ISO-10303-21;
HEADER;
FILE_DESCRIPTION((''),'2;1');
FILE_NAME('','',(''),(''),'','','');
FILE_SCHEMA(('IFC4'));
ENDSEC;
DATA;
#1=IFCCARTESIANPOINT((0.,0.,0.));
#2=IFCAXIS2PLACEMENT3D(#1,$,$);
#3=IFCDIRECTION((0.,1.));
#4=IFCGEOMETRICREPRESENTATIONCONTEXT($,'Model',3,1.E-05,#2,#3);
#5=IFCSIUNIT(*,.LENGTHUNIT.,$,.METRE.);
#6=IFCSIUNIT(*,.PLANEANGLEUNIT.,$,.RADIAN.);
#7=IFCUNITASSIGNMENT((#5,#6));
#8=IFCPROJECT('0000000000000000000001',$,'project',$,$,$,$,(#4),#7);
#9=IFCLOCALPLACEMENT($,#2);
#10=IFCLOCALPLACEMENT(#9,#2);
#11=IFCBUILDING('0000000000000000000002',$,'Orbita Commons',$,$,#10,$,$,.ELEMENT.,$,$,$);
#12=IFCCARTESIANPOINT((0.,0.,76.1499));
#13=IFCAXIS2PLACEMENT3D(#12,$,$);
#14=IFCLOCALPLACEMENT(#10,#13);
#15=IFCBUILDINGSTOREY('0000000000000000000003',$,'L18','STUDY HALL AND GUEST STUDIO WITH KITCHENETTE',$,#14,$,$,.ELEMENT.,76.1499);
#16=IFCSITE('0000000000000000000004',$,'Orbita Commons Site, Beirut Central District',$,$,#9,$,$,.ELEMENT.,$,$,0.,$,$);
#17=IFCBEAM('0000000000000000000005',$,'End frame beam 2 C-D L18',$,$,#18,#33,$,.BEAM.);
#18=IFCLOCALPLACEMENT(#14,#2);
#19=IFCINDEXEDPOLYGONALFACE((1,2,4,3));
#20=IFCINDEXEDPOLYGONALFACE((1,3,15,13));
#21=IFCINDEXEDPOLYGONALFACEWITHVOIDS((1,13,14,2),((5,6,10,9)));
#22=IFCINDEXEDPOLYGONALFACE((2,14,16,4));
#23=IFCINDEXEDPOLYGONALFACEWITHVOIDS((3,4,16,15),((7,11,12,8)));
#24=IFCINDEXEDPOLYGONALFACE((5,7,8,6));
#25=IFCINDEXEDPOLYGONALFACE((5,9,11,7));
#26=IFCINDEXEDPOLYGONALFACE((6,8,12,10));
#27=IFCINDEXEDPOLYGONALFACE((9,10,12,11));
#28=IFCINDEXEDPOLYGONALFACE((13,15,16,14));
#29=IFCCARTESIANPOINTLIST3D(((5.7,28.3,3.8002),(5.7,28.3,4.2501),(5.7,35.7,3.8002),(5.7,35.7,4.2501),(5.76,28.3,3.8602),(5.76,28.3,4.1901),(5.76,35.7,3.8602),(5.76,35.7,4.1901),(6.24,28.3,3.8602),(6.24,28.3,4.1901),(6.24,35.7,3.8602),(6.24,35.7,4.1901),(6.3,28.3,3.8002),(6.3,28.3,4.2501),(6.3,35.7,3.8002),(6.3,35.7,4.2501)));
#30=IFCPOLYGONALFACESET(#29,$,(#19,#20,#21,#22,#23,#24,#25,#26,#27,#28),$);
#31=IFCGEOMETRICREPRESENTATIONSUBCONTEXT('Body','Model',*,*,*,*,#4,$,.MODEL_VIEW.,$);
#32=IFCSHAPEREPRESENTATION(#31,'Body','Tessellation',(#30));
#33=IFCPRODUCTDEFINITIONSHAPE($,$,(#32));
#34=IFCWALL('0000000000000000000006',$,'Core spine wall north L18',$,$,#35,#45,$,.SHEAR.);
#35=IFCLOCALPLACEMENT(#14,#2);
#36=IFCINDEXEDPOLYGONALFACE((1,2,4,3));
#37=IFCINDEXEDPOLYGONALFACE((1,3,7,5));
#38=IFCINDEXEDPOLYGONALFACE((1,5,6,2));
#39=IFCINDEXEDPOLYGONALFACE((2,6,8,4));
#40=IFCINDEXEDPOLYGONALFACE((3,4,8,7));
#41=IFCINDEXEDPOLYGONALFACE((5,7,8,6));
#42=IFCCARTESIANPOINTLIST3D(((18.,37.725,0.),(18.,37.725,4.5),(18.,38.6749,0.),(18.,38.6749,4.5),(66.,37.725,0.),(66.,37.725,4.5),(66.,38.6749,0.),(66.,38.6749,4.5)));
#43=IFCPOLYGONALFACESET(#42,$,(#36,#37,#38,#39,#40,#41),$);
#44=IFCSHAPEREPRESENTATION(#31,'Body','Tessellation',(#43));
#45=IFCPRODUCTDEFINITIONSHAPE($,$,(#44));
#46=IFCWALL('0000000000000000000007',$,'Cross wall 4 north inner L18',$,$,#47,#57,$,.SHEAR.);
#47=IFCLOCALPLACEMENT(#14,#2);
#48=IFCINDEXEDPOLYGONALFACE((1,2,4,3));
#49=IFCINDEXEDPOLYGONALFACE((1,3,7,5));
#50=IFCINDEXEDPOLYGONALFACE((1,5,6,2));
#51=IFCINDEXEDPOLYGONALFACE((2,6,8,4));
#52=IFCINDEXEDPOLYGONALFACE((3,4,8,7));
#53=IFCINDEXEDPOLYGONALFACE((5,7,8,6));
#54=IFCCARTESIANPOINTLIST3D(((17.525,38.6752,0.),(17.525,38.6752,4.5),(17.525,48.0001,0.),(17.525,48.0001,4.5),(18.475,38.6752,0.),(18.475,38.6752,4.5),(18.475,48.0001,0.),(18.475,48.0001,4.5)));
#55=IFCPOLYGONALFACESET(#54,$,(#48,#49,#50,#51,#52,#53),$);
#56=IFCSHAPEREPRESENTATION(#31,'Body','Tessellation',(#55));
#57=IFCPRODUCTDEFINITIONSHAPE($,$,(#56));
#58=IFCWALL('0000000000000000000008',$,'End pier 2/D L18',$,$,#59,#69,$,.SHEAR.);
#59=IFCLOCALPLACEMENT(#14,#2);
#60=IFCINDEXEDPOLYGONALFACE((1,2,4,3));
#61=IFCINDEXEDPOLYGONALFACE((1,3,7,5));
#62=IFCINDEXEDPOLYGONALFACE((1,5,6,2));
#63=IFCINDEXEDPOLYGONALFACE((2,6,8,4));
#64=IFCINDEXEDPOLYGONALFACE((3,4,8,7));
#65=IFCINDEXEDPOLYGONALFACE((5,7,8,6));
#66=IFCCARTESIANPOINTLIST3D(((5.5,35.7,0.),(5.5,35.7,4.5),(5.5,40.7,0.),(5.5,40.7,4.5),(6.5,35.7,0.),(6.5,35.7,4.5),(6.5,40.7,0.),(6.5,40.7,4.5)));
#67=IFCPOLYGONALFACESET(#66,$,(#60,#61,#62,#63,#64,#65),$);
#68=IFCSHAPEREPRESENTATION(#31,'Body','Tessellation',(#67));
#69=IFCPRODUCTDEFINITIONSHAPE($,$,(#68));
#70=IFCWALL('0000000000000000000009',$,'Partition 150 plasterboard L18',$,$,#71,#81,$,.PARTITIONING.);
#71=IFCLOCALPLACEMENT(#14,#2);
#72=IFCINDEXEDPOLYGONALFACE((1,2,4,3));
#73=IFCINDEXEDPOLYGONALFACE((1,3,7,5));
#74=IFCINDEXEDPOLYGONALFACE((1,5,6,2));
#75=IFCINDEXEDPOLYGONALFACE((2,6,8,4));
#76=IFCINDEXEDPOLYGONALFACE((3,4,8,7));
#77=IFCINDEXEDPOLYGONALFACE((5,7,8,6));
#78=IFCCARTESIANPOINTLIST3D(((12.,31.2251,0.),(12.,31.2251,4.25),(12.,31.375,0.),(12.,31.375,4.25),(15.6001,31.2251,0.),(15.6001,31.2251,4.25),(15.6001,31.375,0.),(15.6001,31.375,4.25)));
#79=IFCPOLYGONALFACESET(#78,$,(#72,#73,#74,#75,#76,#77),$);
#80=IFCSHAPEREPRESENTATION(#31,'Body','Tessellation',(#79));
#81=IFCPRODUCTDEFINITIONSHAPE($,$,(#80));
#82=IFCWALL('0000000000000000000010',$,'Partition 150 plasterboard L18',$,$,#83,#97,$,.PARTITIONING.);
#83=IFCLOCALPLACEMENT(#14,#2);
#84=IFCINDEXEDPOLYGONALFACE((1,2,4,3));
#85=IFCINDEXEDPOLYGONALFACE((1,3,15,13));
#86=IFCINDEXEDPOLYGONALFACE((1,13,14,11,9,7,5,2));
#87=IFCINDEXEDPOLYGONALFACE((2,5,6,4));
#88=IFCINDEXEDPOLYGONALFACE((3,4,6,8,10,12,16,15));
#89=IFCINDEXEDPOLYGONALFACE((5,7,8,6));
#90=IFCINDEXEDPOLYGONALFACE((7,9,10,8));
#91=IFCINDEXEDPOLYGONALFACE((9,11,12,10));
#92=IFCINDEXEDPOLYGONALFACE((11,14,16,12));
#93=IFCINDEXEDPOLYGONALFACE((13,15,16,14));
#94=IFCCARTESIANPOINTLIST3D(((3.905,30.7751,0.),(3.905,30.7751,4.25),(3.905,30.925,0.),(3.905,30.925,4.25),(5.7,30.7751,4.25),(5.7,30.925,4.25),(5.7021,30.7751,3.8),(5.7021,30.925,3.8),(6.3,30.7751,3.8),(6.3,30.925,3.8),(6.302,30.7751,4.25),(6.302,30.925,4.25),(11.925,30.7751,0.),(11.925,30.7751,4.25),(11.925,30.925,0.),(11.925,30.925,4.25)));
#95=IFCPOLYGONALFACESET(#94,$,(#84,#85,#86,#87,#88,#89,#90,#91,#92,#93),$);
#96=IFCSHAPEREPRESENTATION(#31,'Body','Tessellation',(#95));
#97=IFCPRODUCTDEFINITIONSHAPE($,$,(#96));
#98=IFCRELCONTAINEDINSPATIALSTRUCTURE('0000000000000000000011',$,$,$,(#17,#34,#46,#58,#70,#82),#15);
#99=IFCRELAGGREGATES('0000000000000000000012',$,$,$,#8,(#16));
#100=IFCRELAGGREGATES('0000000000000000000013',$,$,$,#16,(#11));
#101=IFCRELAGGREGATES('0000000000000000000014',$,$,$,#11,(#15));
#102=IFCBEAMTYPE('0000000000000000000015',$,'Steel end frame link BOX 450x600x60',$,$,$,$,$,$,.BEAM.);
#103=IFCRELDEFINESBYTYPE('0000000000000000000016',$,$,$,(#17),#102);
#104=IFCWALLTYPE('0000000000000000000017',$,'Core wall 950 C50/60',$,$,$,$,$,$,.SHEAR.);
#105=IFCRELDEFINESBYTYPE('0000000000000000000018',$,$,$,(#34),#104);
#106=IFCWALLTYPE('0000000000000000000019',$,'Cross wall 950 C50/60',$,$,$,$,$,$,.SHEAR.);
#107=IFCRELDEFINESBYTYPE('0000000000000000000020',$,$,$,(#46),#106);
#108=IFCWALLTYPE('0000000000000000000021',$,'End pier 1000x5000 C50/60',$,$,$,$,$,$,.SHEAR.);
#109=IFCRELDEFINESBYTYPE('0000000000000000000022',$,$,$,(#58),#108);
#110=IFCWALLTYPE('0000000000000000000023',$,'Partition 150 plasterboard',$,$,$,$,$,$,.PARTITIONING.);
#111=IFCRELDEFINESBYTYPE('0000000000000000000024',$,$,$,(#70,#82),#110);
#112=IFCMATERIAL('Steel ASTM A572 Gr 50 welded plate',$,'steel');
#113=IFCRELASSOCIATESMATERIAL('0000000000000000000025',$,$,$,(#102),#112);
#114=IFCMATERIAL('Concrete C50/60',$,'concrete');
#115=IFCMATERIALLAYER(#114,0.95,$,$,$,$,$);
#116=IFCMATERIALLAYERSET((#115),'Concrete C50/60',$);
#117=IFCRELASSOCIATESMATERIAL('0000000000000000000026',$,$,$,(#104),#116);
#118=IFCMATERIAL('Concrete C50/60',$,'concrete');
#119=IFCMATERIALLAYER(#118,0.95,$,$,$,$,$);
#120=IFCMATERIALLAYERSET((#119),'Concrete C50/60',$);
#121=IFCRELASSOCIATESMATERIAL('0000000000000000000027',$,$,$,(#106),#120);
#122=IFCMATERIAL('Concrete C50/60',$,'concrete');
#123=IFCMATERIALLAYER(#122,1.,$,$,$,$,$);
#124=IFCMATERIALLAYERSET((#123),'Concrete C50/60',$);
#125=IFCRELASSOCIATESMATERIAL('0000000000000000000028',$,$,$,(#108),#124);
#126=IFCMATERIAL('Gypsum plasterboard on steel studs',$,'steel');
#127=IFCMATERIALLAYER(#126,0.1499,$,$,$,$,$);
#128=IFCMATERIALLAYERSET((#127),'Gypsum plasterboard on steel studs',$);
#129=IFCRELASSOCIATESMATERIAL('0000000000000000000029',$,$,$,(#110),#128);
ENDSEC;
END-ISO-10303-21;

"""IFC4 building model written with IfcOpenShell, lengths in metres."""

from ifc_helpers import new_model, si_unit, direction, frame, frame_2d, origin, origin_2d, place, context, subcontext, project, spatial, polyline, rectangle, hollow_rectangle, outline, extrude, material, layer, layer_set, material_profile, profile_set, type_object, element, save


model = new_model("IFC4")

# Units and contexts
model_context = context("Model", 3, precision=1e-05, world=origin(), true_north=direction((0.0, 1.0)))
body_context = subcontext(model_context, "Body", "Model", "MODEL_VIEW")
ifc_project = project(units=[si_unit("LENGTHUNIT", "METRE"), si_unit("PLANEANGLEUNIT", "RADIAN")], contexts=[model_context])

# Site, building, storey
site_placement = place(None, origin())
site = spatial("IfcSite", under=ifc_project, at=site_placement, Name="Orbita Commons Site, Beirut Central District", CompositionType="ELEMENT", RefElevation=0.0)
building_placement = place(site_placement, origin())
building = spatial("IfcBuilding", under=site, at=building_placement, Name="Orbita Commons", CompositionType="ELEMENT")
storey_placement = place(building_placement, frame((0.0, 0.0, 76.1499)))
storey = spatial("IfcBuildingStorey", under=building, at=storey_placement, Name="L18", Description="STUDY HALL AND GUEST STUDIO WITH KITCHENETTE", CompositionType="ELEMENT", Elevation=76.1499)

# Beam
ifc_material_1 = material(Name="Steel ASTM A572 Gr 50 welded plate", Category="steel")
ifc_material_profile = material_profile(ifc_material_1, hollow_rectangle(XDim=0.6001, YDim=0.45, WallThickness=0.0601, at=origin_2d()), Name="BOX 450x600x60")
ifc_profile_set = profile_set([ifc_material_profile], Name="Steel ASTM A572 Gr 50 welded plate")
beam_type = type_object("IfcBeamType", Name="Steel end frame link BOX 450x600x60", PredefinedType="BEAM", material=ifc_profile_set)
beam_placement = place(storey_placement, frame((6.0, 28.3, 4.0251), z_axis=(0.0, 1.0, 0.0), x_axis=(-1.0, 0.0, 0.0)))
element("IfcBeam", 1, at=beam_placement, inside=storey, type_object=beam_type, Name="End frame beam 2 C-D L18", PredefinedType="BEAM", context=body_context, shape_type="SweptSolid", body=[
    extrude(hollow_rectangle(XDim=0.6001, YDim=0.45, WallThickness=0.0601, at=origin_2d()), origin(), (0.0, 0.0, 1.0), 7.3999),
])

# Walls
ifc_material_2 = material(Name="Concrete C50/60", Category="concrete")
ifc_layer_1 = layer(ifc_material_2, 0.95)
ifc_layer_set_1 = layer_set([ifc_layer_1], Name="Concrete C50/60")
wall_type_1 = type_object("IfcWallType", Name="Core wall 950 C50/60", PredefinedType="SHEAR", material=ifc_layer_set_1)
wall_1_placement = place(storey_placement, frame((18.0, 38.2, 0.0), z_axis=(0.0, 0.0, 1.0), x_axis=(1.0, 0.0, 0.0)))
element("IfcWall", 2, at=wall_1_placement, inside=storey, type_object=wall_type_1, Name="Core spine wall north L18", PredefinedType="SHEAR", context=body_context, shape_type="SweptSolid", body=[
    extrude(rectangle(XDim=48.0, YDim=0.95, at=frame_2d((24.0, 0.0))), origin(), (0.0, 0.0, 1.0), 4.5),
])
ifc_material_3 = material(Name="Concrete C50/60", Category="concrete")
ifc_layer_2 = layer(ifc_material_3, 0.95)
ifc_layer_set_2 = layer_set([ifc_layer_2], Name="Concrete C50/60")
wall_type_2 = type_object("IfcWallType", Name="Cross wall 950 C50/60", PredefinedType="SHEAR", material=ifc_layer_set_2)
wall_2_placement = place(storey_placement, frame((18.0, 38.675, 0.0), z_axis=(0.0, 0.0, 1.0), x_axis=(0.0, 1.0, 0.0)))
element("IfcWall", 3, at=wall_2_placement, inside=storey, type_object=wall_type_2, Name="Cross wall 4 north inner L18", PredefinedType="SHEAR", context=body_context, shape_type="SweptSolid", body=[
    extrude(rectangle(XDim=9.325, YDim=0.95, at=frame_2d((4.6626, 0.0))), origin(), (0.0, 0.0, 1.0), 4.5),
])
ifc_material_4 = material(Name="Concrete C50/60", Category="concrete")
ifc_layer_3 = layer(ifc_material_4, 1.0)
ifc_layer_set_3 = layer_set([ifc_layer_3], Name="Concrete C50/60")
wall_type_3 = type_object("IfcWallType", Name="End pier 1000x5000 C50/60", PredefinedType="SHEAR", material=ifc_layer_set_3)
wall_3_placement = place(storey_placement, frame((6.0, 35.7, 0.0), z_axis=(0.0, 0.0, 1.0), x_axis=(0.0, 1.0, 0.0)))
element("IfcWall", 4, at=wall_3_placement, inside=storey, type_object=wall_type_3, Name="End pier 2/D L18", PredefinedType="SHEAR", context=body_context, shape_type="SweptSolid", body=[
    extrude(rectangle(XDim=5.0, YDim=1.0, at=frame_2d((2.5, 0.0))), origin(), (0.0, 0.0, 1.0), 4.5),
])
ifc_material_5 = material(Name="Gypsum plasterboard on steel studs", Category="steel")
ifc_layer_4 = layer(ifc_material_5, 0.1499)
ifc_layer_set_4 = layer_set([ifc_layer_4], Name="Gypsum plasterboard on steel studs")
wall_type_4 = type_object("IfcWallType", Name="Partition 150 plasterboard", PredefinedType="PARTITIONING", material=ifc_layer_set_4)
wall_4_placement = place(storey_placement, frame((12.0, 31.3, 0.0), z_axis=(0.0, 0.0, 1.0), x_axis=(1.0, 0.0, 0.0)))
element("IfcWall", 5, at=wall_4_placement, inside=storey, type_object=wall_type_4, Name="Partition 150 plasterboard L18", PredefinedType="PARTITIONING", context=body_context, shape_type="SweptSolid", body=[
    extrude(rectangle(XDim=3.6001, YDim=0.1499, at=frame_2d((1.8, 0.0))), origin(), (0.0, 0.0, 1.0), 4.25),
])
wall_5_placement = place(storey_placement, frame((3.905, 30.8501, 0.0), z_axis=(0.0, 0.0, 1.0), x_axis=(1.0, 0.0, 0.0)))
element("IfcWall", 6, at=wall_5_placement, inside=storey, type_object=wall_type_4, Name="Partition 150 plasterboard L18", PredefinedType="PARTITIONING", context=body_context, shape_type="SweptSolid", body=[
    extrude(outline(polyline([(0.0, 0.0), (8.02, 0.0), (8.02, 4.25), (2.397, 4.25), (2.395, 3.8), (1.7971, 3.8), (1.7949, 4.25), (0.0, 4.25), (0.0, 0.0)])), frame((0.0, 0.075, 0.0), z_axis=(0.0, -1.0, 0.0), x_axis=(1.0, 0.0, 0.0)), (0.0, 0.0, 1.0), 0.1499),
])

save(model, "model.ifc")
